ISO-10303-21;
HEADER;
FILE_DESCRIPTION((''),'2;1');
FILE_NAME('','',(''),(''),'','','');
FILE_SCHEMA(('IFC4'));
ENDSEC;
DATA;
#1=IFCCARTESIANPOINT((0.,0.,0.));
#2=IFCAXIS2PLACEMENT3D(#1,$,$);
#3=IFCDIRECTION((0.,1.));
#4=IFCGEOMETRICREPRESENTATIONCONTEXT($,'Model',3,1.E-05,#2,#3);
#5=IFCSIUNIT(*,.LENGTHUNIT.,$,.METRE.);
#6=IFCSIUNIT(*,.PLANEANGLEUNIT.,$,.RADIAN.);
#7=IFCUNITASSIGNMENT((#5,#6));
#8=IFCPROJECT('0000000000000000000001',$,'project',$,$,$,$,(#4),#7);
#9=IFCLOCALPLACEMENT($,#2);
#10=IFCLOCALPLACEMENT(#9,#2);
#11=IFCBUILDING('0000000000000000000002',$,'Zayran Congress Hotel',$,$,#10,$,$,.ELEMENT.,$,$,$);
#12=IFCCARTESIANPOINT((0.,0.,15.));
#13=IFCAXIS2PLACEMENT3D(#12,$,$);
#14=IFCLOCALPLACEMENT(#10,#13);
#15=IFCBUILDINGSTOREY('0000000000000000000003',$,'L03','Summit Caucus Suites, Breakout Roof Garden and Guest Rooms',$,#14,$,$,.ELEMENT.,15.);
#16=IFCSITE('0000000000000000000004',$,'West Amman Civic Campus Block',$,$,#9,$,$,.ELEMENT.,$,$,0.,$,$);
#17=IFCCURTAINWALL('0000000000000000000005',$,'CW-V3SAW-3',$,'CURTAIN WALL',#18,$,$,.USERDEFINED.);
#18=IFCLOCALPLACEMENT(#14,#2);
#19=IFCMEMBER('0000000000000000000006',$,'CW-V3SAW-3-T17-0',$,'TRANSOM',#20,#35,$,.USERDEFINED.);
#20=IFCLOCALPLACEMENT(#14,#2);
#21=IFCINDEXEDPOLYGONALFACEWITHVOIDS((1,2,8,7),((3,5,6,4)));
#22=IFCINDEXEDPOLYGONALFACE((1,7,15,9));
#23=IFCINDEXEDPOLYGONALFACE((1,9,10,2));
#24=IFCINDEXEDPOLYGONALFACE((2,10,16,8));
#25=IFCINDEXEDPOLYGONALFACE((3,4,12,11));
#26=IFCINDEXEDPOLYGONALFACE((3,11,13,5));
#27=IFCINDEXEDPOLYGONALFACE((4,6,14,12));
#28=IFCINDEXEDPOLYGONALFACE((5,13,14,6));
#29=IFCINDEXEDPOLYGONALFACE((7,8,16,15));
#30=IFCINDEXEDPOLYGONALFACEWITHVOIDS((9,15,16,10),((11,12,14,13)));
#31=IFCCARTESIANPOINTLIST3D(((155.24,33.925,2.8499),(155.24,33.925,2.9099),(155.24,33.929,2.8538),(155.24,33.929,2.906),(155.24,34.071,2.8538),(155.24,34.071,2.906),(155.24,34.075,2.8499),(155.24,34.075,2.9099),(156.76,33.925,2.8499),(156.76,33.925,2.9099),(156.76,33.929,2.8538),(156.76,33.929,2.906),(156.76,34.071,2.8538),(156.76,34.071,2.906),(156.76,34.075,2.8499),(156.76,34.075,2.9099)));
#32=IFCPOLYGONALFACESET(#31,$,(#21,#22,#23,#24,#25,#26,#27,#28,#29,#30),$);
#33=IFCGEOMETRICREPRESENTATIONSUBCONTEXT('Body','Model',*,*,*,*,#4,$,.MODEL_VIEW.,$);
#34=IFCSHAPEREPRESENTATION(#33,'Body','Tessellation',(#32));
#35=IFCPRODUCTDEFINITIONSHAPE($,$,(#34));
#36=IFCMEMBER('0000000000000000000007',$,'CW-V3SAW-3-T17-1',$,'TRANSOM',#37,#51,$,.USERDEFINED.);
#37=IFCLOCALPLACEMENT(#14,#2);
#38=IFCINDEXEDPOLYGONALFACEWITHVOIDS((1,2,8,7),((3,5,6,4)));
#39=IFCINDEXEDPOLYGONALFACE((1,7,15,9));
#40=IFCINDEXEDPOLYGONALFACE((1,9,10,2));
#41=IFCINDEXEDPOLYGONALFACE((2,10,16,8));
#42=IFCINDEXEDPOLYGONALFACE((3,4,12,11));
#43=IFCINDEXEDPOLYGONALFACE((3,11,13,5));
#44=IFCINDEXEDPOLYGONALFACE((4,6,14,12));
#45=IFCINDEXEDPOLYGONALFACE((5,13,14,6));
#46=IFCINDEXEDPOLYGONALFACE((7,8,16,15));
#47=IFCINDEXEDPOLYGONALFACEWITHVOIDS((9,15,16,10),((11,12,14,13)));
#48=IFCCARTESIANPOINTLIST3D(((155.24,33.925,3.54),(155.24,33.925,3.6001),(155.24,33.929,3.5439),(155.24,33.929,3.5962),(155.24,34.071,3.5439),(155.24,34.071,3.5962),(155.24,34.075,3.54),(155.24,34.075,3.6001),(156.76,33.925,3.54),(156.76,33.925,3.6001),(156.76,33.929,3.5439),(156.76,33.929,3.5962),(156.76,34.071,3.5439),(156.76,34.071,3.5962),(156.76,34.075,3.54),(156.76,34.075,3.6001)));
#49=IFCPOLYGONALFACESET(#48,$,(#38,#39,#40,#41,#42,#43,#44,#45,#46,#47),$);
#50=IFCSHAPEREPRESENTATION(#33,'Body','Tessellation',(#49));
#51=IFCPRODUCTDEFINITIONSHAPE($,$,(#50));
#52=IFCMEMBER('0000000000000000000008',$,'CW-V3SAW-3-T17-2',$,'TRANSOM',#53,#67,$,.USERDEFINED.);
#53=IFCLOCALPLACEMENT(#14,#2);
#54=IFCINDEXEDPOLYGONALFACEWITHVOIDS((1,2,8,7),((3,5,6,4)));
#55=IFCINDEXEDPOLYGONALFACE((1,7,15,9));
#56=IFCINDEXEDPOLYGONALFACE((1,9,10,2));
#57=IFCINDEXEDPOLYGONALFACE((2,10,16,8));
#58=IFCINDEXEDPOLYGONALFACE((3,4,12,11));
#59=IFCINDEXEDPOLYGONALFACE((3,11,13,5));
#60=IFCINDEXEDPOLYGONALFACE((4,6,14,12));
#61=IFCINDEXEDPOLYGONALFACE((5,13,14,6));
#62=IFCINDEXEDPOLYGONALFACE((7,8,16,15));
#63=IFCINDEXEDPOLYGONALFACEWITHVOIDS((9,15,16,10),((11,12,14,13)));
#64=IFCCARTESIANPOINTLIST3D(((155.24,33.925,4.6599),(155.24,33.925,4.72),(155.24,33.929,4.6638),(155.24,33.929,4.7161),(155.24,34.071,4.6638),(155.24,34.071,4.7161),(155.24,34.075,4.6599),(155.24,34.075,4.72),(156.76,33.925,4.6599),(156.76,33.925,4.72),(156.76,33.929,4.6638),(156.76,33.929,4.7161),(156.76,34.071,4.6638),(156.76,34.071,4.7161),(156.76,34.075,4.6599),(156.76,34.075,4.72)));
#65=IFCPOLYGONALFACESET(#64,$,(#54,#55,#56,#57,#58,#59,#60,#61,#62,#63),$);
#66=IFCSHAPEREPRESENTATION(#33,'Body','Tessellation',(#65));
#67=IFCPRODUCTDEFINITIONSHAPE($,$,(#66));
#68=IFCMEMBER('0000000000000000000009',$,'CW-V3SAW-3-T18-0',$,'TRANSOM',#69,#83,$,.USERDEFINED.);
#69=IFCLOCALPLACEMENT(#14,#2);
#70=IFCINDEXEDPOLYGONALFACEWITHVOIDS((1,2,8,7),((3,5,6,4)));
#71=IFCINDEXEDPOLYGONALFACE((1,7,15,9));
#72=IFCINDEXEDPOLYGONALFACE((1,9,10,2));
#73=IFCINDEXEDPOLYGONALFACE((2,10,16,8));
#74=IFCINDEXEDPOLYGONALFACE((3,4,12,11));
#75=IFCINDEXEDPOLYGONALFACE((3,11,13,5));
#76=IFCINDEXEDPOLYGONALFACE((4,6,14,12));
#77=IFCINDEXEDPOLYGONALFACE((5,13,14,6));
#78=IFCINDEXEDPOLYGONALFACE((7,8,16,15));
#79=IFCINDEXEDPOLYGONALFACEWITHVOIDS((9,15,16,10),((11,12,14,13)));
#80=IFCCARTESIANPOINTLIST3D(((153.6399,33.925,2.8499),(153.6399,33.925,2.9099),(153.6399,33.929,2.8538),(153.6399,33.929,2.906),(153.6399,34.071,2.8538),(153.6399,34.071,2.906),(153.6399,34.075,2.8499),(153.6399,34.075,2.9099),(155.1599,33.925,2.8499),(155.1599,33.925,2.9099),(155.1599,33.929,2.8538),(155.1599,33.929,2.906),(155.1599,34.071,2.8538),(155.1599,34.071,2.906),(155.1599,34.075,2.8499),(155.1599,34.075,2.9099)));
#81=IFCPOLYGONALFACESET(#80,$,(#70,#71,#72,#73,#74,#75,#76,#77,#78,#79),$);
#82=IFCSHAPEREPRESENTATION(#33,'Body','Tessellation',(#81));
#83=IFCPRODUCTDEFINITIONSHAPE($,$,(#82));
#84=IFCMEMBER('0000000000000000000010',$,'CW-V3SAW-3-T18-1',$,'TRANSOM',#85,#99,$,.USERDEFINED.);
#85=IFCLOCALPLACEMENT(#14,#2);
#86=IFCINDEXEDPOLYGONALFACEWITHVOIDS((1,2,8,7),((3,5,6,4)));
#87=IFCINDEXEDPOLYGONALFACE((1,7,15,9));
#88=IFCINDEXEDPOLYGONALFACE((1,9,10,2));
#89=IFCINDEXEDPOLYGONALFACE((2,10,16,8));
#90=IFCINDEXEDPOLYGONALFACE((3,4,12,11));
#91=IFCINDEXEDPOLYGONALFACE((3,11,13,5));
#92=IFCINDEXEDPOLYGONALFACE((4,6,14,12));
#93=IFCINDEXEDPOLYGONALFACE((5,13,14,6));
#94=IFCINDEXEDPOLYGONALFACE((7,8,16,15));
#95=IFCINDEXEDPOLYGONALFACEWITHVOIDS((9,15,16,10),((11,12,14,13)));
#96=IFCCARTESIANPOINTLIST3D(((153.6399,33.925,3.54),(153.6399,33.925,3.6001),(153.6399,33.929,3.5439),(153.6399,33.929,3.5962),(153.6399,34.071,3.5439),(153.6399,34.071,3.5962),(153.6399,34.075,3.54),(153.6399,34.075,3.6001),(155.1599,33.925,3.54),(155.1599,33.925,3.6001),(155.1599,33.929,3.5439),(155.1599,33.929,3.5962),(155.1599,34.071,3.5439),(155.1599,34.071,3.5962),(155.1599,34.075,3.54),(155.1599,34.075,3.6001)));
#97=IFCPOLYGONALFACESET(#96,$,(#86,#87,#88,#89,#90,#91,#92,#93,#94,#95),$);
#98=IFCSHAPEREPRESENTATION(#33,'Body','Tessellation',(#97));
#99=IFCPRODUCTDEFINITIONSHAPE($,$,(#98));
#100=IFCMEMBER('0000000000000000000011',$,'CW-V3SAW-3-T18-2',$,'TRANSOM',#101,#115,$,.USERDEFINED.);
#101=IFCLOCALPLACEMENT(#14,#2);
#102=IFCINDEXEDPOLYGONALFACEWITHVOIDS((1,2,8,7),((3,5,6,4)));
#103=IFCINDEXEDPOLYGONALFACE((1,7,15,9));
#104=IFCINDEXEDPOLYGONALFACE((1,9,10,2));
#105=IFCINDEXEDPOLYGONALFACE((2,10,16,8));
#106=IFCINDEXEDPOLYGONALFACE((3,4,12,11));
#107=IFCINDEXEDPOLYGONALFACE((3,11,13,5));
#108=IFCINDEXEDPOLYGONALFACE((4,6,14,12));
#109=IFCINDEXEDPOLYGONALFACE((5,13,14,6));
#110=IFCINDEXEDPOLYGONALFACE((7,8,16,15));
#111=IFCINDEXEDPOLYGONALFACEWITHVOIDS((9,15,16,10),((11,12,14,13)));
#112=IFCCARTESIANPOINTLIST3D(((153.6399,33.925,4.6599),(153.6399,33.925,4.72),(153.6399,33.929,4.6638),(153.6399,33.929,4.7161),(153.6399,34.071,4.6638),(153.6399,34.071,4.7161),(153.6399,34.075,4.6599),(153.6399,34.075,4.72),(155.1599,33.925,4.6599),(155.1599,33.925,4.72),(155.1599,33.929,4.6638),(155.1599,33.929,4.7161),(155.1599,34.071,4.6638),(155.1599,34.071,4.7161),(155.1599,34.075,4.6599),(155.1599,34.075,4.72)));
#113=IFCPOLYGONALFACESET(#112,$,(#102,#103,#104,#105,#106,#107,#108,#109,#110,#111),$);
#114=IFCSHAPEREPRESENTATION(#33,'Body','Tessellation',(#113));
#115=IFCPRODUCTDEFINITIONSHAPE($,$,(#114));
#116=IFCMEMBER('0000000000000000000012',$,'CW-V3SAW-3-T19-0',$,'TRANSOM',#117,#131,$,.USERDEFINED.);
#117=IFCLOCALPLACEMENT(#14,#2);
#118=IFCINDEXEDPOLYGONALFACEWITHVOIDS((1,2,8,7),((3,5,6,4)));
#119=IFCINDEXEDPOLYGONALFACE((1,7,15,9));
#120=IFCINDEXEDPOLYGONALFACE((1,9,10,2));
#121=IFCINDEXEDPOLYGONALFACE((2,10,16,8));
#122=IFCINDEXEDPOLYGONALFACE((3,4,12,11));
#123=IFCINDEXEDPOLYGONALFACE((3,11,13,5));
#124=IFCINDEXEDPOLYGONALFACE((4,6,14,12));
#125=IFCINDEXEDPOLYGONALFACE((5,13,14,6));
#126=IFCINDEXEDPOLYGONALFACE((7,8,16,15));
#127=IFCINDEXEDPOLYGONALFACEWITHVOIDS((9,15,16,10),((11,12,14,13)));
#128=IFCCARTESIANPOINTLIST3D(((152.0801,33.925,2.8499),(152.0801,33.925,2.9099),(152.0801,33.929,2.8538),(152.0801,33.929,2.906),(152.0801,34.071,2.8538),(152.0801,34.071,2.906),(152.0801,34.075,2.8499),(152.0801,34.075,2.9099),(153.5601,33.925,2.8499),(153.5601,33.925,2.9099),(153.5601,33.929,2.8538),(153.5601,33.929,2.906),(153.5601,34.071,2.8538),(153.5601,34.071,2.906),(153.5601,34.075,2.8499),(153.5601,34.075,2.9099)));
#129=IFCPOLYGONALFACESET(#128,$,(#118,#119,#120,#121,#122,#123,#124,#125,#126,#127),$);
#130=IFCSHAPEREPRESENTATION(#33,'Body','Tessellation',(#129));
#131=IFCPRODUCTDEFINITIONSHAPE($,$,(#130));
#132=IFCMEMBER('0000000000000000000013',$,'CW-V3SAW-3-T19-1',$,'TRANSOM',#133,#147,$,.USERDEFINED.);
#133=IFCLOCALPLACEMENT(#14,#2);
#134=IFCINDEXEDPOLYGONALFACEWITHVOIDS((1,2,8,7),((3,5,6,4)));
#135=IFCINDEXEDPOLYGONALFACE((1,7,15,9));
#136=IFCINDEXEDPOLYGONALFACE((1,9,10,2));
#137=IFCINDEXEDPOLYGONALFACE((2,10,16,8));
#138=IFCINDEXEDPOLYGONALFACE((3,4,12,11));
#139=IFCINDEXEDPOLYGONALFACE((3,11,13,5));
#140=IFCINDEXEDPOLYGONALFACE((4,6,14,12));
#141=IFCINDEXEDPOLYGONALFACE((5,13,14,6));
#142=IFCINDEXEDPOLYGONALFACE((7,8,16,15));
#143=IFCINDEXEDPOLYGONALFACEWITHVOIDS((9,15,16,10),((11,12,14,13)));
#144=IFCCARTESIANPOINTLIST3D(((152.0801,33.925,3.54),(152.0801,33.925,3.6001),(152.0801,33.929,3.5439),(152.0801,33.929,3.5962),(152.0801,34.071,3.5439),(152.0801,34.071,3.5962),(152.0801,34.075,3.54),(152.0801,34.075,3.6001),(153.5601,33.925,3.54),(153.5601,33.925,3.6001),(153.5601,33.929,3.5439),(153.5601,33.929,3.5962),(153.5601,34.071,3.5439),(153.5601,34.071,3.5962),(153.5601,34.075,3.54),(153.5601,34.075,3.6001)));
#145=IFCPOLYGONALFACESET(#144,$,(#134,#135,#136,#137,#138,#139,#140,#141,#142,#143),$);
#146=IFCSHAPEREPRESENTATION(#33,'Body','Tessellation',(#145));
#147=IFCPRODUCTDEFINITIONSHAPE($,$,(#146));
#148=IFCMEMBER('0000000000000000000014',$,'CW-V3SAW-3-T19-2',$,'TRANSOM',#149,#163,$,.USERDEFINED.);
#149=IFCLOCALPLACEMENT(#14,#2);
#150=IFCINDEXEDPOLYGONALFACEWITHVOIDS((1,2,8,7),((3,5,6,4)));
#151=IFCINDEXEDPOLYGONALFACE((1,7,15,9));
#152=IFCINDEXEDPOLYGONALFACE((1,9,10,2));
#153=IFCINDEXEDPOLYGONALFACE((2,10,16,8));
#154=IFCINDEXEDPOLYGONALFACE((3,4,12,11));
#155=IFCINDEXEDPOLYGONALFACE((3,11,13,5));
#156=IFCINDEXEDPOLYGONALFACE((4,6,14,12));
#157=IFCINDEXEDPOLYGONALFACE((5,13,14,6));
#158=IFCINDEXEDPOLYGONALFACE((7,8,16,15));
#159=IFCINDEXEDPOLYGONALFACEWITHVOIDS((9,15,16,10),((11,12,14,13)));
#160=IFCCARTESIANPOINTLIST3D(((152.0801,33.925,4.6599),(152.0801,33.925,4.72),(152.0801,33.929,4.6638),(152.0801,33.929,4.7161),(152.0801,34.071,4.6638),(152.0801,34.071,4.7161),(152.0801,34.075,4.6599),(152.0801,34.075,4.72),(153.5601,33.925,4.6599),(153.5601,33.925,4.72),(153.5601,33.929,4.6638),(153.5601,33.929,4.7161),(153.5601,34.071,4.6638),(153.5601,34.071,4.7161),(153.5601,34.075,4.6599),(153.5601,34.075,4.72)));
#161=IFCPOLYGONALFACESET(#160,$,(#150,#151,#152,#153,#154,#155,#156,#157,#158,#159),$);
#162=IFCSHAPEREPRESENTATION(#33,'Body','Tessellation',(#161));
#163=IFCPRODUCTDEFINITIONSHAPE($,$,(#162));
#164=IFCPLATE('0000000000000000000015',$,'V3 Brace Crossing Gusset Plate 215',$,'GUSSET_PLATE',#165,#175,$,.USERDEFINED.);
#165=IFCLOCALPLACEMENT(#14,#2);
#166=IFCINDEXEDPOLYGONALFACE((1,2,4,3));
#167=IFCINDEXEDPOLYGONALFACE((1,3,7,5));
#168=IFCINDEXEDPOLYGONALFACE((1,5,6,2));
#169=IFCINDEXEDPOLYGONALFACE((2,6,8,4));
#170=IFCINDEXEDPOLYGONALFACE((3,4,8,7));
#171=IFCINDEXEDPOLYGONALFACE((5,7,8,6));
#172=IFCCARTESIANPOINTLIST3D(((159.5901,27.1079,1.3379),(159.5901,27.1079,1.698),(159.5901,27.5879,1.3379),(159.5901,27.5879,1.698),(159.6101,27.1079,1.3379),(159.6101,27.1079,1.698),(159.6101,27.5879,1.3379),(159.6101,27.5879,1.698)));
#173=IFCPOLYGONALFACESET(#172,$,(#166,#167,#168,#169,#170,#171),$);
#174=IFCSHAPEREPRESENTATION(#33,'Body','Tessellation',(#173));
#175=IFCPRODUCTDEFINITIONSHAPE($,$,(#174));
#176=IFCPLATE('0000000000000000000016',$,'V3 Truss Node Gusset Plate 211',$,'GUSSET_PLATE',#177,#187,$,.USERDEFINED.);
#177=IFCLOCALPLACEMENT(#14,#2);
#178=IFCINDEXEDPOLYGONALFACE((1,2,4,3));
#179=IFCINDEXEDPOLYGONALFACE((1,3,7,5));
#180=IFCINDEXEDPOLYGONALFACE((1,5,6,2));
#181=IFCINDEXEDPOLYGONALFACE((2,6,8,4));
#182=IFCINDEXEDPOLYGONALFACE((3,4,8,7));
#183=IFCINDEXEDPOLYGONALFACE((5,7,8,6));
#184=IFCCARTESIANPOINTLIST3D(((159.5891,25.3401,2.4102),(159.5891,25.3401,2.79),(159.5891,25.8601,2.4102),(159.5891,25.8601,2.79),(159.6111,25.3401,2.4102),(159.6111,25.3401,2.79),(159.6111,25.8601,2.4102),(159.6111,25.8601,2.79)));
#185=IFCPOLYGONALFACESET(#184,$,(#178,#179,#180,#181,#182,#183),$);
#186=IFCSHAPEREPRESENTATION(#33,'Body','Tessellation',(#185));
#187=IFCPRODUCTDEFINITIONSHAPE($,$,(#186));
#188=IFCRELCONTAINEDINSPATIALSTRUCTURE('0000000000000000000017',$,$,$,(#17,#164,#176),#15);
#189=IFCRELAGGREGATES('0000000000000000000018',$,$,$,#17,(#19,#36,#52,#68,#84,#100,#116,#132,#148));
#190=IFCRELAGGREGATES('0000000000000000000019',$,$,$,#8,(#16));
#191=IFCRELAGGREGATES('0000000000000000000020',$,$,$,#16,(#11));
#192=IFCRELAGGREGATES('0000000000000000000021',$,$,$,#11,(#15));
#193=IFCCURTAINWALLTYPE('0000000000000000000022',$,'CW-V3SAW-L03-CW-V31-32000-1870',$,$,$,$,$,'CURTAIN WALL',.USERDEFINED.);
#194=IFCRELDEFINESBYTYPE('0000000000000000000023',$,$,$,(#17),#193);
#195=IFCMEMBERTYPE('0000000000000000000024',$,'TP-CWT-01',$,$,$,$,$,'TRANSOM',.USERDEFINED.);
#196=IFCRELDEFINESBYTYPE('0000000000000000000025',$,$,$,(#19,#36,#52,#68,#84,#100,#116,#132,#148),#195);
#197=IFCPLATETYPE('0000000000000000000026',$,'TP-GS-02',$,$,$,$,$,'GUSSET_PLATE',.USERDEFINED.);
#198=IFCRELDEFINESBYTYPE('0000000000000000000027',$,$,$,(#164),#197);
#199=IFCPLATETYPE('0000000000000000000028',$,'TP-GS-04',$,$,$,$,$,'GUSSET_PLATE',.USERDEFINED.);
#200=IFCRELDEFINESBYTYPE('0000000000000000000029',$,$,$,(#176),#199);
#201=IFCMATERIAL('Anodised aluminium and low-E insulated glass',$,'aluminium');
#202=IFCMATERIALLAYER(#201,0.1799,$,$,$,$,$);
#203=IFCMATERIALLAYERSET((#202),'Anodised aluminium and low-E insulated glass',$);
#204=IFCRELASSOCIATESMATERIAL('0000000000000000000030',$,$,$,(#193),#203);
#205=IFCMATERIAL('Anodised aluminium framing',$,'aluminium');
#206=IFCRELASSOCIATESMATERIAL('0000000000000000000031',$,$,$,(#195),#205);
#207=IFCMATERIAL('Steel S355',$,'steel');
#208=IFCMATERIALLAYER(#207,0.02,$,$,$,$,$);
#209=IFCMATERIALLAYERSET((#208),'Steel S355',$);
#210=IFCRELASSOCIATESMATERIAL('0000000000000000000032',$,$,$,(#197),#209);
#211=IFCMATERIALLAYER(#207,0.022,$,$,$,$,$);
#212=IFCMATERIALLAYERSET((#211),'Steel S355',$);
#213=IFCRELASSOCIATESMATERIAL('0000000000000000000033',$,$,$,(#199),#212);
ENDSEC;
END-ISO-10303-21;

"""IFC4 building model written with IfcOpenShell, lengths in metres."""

from ifc_helpers import new_model, si_unit, direction, frame, origin, origin_2d, place, context, subcontext, project, spatial, rectangle, hollow_rectangle, extrude, material, layer, layer_set, material_profile, profile_set, type_object, element, aggregate, save


model = new_model("IFC4")

# Units and contexts
model_context = context("Model", 3, precision=1e-05, world=origin(), true_north=direction((0.0, 1.0)))
body_context = subcontext(model_context, "Body", "Model", "MODEL_VIEW")
ifc_project = project(units=[si_unit("LENGTHUNIT", "METRE"), si_unit("PLANEANGLEUNIT", "RADIAN")], contexts=[model_context])

# Site, building, storey
site_placement = place(None, origin())
site = spatial("IfcSite", under=ifc_project, at=site_placement, Name="West Amman Civic Campus Block", CompositionType="ELEMENT", RefElevation=0.0)
building_placement = place(site_placement, origin())
building = spatial("IfcBuilding", under=site, at=building_placement, Name="Zayran Congress Hotel", CompositionType="ELEMENT")
storey_placement = place(building_placement, frame((0.0, 0.0, 15.0)))
storey = spatial("IfcBuildingStorey", under=building, at=storey_placement, Name="L03", Description="Summit Caucus Suites, Breakout Roof Garden and Guest Rooms", CompositionType="ELEMENT", Elevation=15.0)

# Shared definitions
ifc_material_1 = material(Name="Steel S355", Category="steel")

# Curtain wall, members
ifc_material_2 = material(Name="Anodised aluminium and low-E insulated glass", Category="aluminium")
ifc_layer_1 = layer(ifc_material_2, 0.1799)
ifc_layer_set_1 = layer_set([ifc_layer_1], Name="Anodised aluminium and low-E insulated glass")
curtain_wall_type = type_object("IfcCurtainWallType", Name="CW-V3SAW-L03-CW-V31-32000-1870", ElementType="CURTAIN WALL", PredefinedType="USERDEFINED", material=ifc_layer_set_1)
curtain_wall_placement = place(storey_placement, origin())
curtain_wall = element("IfcCurtainWall", 1, at=curtain_wall_placement, inside=storey, type_object=curtain_wall_type, Name="CW-V3SAW-3", ObjectType="CURTAIN WALL", PredefinedType="USERDEFINED")
ifc_material_3 = material(Name="Anodised aluminium framing", Category="aluminium")
ifc_material_profile_1 = material_profile(ifc_material_3, hollow_rectangle(XDim=0.0601, YDim=0.1499, WallThickness=0.0039, at=origin_2d()), Name="RHS 150x60x4")
ifc_profile_set_1 = profile_set([ifc_material_profile_1], Name="Anodised aluminium framing")
member_type_1 = type_object("IfcMemberType", Name="TP-CWT-01", ElementType="TRANSOM", PredefinedType="USERDEFINED", material=ifc_profile_set_1)
member_1_placement = place(storey_placement, frame((156.76, 34.0, 2.8799), z_axis=(-1.0, 0.0, 0.0), x_axis=(0.0, 0.0, 1.0)))
member_1 = element("IfcMember", 2, at=member_1_placement, type_object=member_type_1, Name="CW-V3SAW-3-T17-0", ObjectType="TRANSOM", PredefinedType="USERDEFINED", context=body_context, shape_type="SweptSolid", body=[
    extrude(hollow_rectangle(XDim=0.0601, YDim=0.1499, WallThickness=0.0039, at=origin_2d()), origin(), (0.0, 0.0, 1.0), 1.52),
])
member_2_placement = place(storey_placement, frame((156.76, 34.0, 3.5701), z_axis=(-1.0, 0.0, 0.0), x_axis=(0.0, 0.0, 1.0)))
member_2 = element("IfcMember", 3, at=member_2_placement, type_object=member_type_1, Name="CW-V3SAW-3-T17-1", ObjectType="TRANSOM", PredefinedType="USERDEFINED", context=body_context, shape_type="SweptSolid", body=[
    extrude(hollow_rectangle(XDim=0.0601, YDim=0.1499, WallThickness=0.0039, at=origin_2d()), origin(), (0.0, 0.0, 1.0), 1.52),
])
member_3_placement = place(storey_placement, frame((156.76, 34.0, 4.6899), z_axis=(-1.0, 0.0, 0.0), x_axis=(0.0, 0.0, 1.0)))
member_3 = element("IfcMember", 4, at=member_3_placement, type_object=member_type_1, Name="CW-V3SAW-3-T17-2", ObjectType="TRANSOM", PredefinedType="USERDEFINED", context=body_context, shape_type="SweptSolid", body=[
    extrude(hollow_rectangle(XDim=0.0601, YDim=0.1499, WallThickness=0.0039, at=origin_2d()), origin(), (0.0, 0.0, 1.0), 1.52),
])
member_4_placement = place(storey_placement, frame((155.1599, 34.0, 2.8799), z_axis=(-1.0, 0.0, 0.0), x_axis=(0.0, 0.0, 1.0)))
member_4 = element("IfcMember", 5, at=member_4_placement, type_object=member_type_1, Name="CW-V3SAW-3-T18-0", ObjectType="TRANSOM", PredefinedType="USERDEFINED", context=body_context, shape_type="SweptSolid", body=[
    extrude(hollow_rectangle(XDim=0.0601, YDim=0.1499, WallThickness=0.0039, at=origin_2d()), origin(), (0.0, 0.0, 1.0), 1.52),
])
member_5_placement = place(storey_placement, frame((155.1599, 34.0, 3.5701), z_axis=(-1.0, 0.0, 0.0), x_axis=(0.0, 0.0, 1.0)))
member_5 = element("IfcMember", 6, at=member_5_placement, type_object=member_type_1, Name="CW-V3SAW-3-T18-1", ObjectType="TRANSOM", PredefinedType="USERDEFINED", context=body_context, shape_type="SweptSolid", body=[
    extrude(hollow_rectangle(XDim=0.0601, YDim=0.1499, WallThickness=0.0039, at=origin_2d()), origin(), (0.0, 0.0, 1.0), 1.52),
])
member_6_placement = place(storey_placement, frame((155.1599, 34.0, 4.6899), z_axis=(-1.0, 0.0, 0.0), x_axis=(0.0, 0.0, 1.0)))
member_6 = element("IfcMember", 7, at=member_6_placement, type_object=member_type_1, Name="CW-V3SAW-3-T18-2", ObjectType="TRANSOM", PredefinedType="USERDEFINED", context=body_context, shape_type="SweptSolid", body=[
    extrude(hollow_rectangle(XDim=0.0601, YDim=0.1499, WallThickness=0.0039, at=origin_2d()), origin(), (0.0, 0.0, 1.0), 1.52),
])
member_7_placement = place(storey_placement, frame((153.5601, 34.0, 2.8799), z_axis=(-1.0, 0.0, 0.0), x_axis=(0.0, 0.0, 1.0)))
member_7 = element("IfcMember", 8, at=member_7_placement, type_object=member_type_1, Name="CW-V3SAW-3-T19-0", ObjectType="TRANSOM", PredefinedType="USERDEFINED", context=body_context, shape_type="SweptSolid", body=[
    extrude(hollow_rectangle(XDim=0.0601, YDim=0.1499, WallThickness=0.0039, at=origin_2d()), origin(), (0.0, 0.0, 1.0), 1.48),
])
member_8_placement = place(storey_placement, frame((153.5601, 34.0, 3.5701), z_axis=(-1.0, 0.0, 0.0), x_axis=(0.0, 0.0, 1.0)))
member_8 = element("IfcMember", 9, at=member_8_placement, type_object=member_type_1, Name="CW-V3SAW-3-T19-1", ObjectType="TRANSOM", PredefinedType="USERDEFINED", context=body_context, shape_type="SweptSolid", body=[
    extrude(hollow_rectangle(XDim=0.0601, YDim=0.1499, WallThickness=0.0039, at=origin_2d()), origin(), (0.0, 0.0, 1.0), 1.48),
])
member_9_placement = place(storey_placement, frame((153.5601, 34.0, 4.6899), z_axis=(-1.0, 0.0, 0.0), x_axis=(0.0, 0.0, 1.0)))
member_9 = element("IfcMember", 10, at=member_9_placement, type_object=member_type_1, Name="CW-V3SAW-3-T19-2", ObjectType="TRANSOM", PredefinedType="USERDEFINED", context=body_context, shape_type="SweptSolid", body=[
    extrude(hollow_rectangle(XDim=0.0601, YDim=0.1499, WallThickness=0.0039, at=origin_2d()), origin(), (0.0, 0.0, 1.0), 1.48),
])

# Plates
ifc_layer_2 = layer(ifc_material_1, 0.02)
ifc_layer_set_2 = layer_set([ifc_layer_2], Name="Steel S355")
plate_type_1 = type_object("IfcPlateType", Name="TP-GS-02", ElementType="GUSSET_PLATE", PredefinedType="USERDEFINED", material=ifc_layer_set_2)
plate_1_placement = place(storey_placement, frame((159.6001, 27.3479, 1.3379), z_axis=(0.0, 0.0, 1.0), x_axis=(0.0, 1.0, 0.0)))
element("IfcPlate", 11, at=plate_1_placement, inside=storey, type_object=plate_type_1, Name="V3 Brace Crossing Gusset Plate 215", ObjectType="GUSSET_PLATE", PredefinedType="USERDEFINED", context=body_context, shape_type="SweptSolid", body=[
    extrude(rectangle(XDim=0.48, YDim=0.02, at=origin_2d()), origin(), (0.0, 0.0, 1.0), 0.3601),
])
ifc_layer_3 = layer(ifc_material_1, 0.022)
ifc_layer_set_3 = layer_set([ifc_layer_3], Name="Steel S355")
plate_type_2 = type_object("IfcPlateType", Name="TP-GS-04", ElementType="GUSSET_PLATE", PredefinedType="USERDEFINED", material=ifc_layer_set_3)
for number, where, z_axis, x_axis, name in (
    (12, (159.6001, 25.6001, 2.4102), (0.0, 0.0, 1.0), (0.0, 1.0, 0.0), "V3 Truss Node Gusset Plate 211"),
):
    element("IfcPlate", number, at=place(storey_placement, frame(where, z_axis=z_axis, x_axis=x_axis)), inside=storey, type_object=plate_type_2, Name=name, ObjectType="GUSSET_PLATE", PredefinedType="USERDEFINED", context=body_context, shape_type="SweptSolid", body=[
        extrude(rectangle(XDim=0.52, YDim=0.022, at=origin_2d()), origin(), (0.0, 0.0, 1.0), 0.3799),
    ])

aggregate(curtain_wall, [member_1, member_2, member_3, member_4, member_5, member_6, member_7, member_8, member_9])

save(model, "model.ifc")
